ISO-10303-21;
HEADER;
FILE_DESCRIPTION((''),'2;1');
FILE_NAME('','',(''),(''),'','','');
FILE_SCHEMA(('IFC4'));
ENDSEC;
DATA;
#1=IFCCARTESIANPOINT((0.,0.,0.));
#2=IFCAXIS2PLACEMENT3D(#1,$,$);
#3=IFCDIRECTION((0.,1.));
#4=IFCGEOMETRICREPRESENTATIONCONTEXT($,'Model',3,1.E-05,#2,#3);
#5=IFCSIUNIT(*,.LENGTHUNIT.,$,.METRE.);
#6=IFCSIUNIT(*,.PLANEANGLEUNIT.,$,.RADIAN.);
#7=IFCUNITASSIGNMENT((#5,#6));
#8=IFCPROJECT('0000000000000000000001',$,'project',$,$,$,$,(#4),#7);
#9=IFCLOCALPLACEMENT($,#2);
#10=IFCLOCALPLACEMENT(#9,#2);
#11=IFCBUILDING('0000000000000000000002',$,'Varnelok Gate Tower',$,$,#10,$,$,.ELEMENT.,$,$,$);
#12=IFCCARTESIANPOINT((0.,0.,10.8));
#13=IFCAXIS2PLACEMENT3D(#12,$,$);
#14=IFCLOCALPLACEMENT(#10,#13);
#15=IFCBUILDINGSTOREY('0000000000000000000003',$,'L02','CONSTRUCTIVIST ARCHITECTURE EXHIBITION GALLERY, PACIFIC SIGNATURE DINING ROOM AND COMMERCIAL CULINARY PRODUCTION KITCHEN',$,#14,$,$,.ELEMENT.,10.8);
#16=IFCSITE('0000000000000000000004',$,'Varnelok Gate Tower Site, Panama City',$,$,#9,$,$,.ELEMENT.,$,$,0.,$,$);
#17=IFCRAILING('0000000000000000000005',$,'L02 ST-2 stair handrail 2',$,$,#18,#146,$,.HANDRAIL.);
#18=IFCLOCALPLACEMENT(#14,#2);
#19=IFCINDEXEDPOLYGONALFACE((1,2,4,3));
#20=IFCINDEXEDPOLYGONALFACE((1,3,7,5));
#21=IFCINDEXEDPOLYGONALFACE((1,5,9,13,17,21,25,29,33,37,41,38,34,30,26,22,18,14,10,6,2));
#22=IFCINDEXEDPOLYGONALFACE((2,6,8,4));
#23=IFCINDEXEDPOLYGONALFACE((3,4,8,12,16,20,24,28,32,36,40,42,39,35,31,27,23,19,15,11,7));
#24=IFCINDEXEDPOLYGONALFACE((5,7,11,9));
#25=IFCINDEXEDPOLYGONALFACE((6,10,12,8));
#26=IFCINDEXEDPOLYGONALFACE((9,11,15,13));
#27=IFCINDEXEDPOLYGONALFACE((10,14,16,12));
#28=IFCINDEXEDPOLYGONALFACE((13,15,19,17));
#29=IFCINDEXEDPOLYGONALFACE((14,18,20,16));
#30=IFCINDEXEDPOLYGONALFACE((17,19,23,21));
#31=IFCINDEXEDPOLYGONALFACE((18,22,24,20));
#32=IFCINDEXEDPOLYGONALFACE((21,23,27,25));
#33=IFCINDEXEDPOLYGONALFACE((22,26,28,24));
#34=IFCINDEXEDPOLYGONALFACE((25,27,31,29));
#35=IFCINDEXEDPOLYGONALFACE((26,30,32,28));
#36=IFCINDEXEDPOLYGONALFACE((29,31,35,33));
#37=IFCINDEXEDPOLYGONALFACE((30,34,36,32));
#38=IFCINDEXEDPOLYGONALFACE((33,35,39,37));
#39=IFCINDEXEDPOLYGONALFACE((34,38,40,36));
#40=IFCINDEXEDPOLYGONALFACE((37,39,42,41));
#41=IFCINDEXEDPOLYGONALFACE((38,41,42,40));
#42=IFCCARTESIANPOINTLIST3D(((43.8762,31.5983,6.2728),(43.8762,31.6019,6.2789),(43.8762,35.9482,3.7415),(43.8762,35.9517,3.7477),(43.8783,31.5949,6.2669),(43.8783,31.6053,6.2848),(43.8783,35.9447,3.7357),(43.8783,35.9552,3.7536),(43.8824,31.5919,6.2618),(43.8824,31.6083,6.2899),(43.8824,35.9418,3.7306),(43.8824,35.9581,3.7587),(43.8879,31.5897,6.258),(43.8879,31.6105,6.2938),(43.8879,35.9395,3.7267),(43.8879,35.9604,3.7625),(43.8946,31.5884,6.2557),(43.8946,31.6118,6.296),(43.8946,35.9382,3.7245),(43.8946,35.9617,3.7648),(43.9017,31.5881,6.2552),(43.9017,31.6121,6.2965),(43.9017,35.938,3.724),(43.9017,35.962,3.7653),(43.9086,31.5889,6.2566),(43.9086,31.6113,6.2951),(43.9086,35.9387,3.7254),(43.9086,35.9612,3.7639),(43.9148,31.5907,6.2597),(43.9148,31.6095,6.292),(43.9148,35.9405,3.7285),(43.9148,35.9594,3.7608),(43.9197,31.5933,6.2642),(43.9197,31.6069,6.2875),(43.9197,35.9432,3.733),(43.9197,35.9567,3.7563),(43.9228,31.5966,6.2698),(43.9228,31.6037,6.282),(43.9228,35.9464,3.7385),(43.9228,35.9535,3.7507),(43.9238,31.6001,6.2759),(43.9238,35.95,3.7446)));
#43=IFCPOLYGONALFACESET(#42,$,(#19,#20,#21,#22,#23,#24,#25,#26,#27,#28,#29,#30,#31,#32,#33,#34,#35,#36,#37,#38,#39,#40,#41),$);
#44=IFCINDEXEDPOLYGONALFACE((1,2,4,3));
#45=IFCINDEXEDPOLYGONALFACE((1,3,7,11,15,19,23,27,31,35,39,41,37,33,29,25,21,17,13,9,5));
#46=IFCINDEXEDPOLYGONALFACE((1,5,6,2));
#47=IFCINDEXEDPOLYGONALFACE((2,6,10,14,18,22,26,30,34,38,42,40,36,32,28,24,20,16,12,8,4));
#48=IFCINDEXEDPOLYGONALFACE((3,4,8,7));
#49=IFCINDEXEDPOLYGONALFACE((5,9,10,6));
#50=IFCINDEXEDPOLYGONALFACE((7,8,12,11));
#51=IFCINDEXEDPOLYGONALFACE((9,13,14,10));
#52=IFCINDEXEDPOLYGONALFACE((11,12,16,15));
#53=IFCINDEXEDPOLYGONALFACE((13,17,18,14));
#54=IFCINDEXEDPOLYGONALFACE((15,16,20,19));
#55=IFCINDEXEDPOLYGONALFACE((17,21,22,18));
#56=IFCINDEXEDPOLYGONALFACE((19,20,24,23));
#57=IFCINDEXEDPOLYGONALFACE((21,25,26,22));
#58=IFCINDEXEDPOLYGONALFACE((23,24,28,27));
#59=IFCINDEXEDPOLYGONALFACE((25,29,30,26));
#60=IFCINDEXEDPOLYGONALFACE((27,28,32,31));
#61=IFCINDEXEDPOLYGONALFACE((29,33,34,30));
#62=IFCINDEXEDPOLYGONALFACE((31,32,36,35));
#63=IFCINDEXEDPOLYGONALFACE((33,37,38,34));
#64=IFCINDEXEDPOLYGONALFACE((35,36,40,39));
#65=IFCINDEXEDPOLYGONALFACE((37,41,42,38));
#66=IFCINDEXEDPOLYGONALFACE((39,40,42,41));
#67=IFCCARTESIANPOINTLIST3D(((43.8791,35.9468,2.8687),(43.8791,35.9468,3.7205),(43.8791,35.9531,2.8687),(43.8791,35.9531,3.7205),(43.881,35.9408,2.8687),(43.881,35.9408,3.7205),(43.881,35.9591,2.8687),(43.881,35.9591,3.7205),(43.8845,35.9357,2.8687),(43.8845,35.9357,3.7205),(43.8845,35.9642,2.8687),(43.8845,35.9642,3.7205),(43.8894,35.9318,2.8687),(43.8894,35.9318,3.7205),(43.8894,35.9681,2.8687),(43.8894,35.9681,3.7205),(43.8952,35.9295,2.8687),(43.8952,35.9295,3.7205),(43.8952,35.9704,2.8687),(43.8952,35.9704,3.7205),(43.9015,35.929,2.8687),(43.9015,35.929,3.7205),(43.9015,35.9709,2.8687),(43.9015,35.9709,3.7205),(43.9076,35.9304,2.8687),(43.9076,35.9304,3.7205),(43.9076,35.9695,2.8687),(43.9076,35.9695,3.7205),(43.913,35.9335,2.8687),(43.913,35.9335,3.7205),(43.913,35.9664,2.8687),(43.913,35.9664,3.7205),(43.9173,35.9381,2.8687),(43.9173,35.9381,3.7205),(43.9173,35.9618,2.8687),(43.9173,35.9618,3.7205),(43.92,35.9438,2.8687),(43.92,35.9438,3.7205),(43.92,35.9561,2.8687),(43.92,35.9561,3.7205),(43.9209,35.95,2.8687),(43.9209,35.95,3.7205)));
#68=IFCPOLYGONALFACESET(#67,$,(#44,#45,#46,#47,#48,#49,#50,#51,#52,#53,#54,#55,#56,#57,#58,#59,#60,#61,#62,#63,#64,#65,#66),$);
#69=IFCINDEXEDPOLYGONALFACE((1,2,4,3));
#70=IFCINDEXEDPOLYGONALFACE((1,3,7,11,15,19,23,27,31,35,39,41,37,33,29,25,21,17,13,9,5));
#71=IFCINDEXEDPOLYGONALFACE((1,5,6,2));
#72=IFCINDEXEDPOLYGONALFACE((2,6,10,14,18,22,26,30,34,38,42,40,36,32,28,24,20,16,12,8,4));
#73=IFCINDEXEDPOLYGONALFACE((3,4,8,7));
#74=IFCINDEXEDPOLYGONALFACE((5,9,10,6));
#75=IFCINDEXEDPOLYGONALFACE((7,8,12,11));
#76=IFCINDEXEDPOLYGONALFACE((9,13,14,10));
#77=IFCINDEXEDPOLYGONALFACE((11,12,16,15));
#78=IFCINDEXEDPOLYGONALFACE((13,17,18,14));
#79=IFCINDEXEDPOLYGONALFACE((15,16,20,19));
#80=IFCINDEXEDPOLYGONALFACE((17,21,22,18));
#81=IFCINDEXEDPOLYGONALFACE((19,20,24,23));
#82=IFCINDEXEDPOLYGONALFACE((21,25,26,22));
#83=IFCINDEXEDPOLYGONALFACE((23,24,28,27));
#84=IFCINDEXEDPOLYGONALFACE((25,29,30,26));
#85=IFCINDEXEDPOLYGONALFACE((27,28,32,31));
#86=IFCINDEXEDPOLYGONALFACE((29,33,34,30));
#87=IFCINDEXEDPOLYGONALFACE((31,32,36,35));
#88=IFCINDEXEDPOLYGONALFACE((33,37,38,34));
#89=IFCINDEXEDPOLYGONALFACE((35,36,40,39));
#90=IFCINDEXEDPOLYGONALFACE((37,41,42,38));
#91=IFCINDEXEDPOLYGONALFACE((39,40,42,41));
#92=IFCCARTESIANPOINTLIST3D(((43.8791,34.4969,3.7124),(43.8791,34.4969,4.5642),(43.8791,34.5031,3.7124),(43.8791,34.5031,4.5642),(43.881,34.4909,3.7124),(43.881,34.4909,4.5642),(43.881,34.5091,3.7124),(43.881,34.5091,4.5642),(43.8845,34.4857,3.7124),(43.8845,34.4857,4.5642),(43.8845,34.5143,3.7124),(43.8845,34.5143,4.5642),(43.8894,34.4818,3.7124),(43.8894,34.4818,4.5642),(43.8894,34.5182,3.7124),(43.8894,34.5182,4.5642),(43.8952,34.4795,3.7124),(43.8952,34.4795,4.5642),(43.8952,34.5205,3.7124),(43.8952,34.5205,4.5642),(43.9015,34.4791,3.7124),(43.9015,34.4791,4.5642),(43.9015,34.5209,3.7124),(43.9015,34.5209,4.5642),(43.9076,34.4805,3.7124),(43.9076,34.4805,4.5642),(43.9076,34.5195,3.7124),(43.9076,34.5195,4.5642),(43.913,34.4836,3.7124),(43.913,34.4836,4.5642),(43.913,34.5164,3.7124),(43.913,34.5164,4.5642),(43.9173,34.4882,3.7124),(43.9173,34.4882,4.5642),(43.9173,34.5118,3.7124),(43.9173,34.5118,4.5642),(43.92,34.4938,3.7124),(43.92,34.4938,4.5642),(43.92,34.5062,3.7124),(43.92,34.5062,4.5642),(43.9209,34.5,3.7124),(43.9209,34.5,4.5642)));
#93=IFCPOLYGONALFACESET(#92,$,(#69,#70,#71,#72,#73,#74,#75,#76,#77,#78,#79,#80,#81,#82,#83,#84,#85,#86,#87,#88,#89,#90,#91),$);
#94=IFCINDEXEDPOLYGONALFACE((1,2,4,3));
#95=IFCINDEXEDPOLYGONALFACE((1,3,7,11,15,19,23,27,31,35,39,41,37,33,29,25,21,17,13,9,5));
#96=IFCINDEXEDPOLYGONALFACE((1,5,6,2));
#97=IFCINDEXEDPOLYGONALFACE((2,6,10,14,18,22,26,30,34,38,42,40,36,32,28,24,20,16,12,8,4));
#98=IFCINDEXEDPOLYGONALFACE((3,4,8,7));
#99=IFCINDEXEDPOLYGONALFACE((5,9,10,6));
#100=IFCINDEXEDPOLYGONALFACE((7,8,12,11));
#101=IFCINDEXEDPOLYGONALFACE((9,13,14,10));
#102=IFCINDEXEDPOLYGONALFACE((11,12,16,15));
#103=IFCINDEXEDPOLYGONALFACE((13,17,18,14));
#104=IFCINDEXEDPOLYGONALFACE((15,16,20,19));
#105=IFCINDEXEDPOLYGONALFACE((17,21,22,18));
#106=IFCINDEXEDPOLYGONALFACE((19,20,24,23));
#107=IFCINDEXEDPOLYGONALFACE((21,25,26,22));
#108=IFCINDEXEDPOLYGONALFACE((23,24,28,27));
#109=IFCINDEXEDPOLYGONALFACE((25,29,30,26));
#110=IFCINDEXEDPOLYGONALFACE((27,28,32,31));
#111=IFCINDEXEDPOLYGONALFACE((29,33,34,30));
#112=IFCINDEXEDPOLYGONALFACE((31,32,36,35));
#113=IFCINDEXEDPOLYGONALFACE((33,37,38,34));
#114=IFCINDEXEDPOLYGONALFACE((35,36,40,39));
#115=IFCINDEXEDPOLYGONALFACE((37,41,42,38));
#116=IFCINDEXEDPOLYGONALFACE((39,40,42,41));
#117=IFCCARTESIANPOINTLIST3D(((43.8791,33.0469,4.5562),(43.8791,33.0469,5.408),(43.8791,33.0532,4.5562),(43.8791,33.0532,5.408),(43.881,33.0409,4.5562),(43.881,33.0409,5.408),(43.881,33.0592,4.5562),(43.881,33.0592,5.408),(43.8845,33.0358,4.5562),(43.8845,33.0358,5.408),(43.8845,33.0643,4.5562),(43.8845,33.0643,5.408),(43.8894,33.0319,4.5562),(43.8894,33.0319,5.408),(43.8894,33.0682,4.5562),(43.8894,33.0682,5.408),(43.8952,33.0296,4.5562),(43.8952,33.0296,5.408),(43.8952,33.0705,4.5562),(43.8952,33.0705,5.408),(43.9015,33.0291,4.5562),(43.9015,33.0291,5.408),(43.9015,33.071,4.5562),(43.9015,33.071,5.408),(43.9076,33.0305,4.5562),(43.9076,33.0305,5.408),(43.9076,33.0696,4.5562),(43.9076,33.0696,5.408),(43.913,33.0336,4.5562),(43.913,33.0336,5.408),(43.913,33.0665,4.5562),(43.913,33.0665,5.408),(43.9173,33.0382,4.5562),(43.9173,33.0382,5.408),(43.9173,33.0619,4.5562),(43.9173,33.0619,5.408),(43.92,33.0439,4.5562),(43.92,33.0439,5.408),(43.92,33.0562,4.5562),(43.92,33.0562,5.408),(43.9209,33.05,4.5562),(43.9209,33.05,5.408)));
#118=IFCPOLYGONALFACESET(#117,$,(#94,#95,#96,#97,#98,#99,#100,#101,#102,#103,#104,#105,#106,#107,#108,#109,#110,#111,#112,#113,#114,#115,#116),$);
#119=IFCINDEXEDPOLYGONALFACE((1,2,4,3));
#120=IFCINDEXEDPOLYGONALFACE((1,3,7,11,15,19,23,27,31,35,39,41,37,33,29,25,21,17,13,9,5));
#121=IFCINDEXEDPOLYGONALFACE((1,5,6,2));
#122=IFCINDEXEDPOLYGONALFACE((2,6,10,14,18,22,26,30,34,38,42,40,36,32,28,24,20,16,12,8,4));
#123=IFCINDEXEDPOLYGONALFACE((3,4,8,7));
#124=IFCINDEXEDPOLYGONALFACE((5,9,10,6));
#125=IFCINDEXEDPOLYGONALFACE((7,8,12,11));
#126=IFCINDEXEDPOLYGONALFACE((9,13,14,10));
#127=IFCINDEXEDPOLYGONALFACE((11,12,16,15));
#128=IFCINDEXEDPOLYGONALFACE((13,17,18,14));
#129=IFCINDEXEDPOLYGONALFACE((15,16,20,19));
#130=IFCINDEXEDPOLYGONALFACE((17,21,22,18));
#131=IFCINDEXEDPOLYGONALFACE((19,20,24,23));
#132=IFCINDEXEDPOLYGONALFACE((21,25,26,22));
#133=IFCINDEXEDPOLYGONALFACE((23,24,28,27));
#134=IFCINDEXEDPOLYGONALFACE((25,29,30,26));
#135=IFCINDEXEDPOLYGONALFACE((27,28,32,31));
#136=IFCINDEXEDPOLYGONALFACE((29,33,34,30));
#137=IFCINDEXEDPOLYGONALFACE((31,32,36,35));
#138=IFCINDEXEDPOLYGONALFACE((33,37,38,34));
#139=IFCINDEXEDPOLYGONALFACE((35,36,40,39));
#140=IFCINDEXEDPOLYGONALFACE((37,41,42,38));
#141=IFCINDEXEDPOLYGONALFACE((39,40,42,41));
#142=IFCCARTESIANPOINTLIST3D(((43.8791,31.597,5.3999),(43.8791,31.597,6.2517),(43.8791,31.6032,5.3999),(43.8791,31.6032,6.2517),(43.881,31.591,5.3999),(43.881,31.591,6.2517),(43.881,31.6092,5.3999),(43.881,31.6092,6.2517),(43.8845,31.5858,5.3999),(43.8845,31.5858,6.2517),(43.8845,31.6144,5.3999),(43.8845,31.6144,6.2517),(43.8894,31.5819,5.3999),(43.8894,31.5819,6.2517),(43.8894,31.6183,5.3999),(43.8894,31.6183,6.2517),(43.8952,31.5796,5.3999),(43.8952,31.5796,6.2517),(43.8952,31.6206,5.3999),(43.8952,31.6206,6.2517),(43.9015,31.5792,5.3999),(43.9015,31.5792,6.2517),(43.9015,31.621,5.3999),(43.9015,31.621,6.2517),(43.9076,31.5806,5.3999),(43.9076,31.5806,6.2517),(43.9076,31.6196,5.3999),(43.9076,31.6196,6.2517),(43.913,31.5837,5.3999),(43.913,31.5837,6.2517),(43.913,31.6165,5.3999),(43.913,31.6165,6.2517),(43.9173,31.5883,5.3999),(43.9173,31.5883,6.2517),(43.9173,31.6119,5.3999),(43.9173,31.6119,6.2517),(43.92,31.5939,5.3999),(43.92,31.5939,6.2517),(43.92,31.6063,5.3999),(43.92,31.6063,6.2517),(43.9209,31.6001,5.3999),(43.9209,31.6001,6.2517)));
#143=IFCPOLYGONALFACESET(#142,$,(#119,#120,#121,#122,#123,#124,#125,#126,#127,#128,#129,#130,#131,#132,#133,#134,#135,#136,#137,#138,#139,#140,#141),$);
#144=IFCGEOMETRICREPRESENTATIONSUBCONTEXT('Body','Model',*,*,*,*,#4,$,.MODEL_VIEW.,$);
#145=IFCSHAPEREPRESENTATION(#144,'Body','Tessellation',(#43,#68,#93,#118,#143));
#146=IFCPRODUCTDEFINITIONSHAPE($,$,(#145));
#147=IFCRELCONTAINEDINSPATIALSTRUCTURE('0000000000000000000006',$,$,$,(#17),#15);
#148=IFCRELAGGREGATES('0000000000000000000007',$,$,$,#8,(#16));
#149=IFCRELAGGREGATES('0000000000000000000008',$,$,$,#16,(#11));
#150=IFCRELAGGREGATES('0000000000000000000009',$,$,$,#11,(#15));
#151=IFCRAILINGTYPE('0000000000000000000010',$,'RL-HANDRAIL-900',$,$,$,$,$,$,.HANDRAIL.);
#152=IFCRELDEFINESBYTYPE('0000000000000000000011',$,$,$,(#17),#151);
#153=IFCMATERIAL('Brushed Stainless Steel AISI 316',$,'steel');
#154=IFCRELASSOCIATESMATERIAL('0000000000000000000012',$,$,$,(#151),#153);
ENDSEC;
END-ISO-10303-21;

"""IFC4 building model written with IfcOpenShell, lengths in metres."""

from ifc_helpers import new_model, si_unit, direction, frame, origin, origin_2d, place, context, subcontext, project, spatial, circle, extrude, material, type_object, element, save


model = new_model("IFC4")

# Units and contexts
model_context = context("Model", 3, precision=1e-05, world=origin(), true_north=direction((0.0, 1.0)))
body_context = subcontext(model_context, "Body", "Model", "MODEL_VIEW")
ifc_project = project(units=[si_unit("LENGTHUNIT", "METRE"), si_unit("PLANEANGLEUNIT", "RADIAN")], contexts=[model_context])

# Site, building, storey
site_placement = place(None, origin())
site = spatial("IfcSite", under=ifc_project, at=site_placement, Name="Varnelok Gate Tower Site, Panama City", CompositionType="ELEMENT", RefElevation=0.0)
building_placement = place(site_placement, origin())
building = spatial("IfcBuilding", under=site, at=building_placement, Name="Varnelok Gate Tower", CompositionType="ELEMENT")
storey_placement = place(building_placement, frame((0.0, 0.0, 10.8)))
storey = spatial("IfcBuildingStorey", under=building, at=storey_placement, Name="L02", Description="CONSTRUCTIVIST ARCHITECTURE EXHIBITION GALLERY, PACIFIC SIGNATURE DINING ROOM AND COMMERCIAL CULINARY PRODUCTION KITCHEN", CompositionType="ELEMENT", Elevation=10.8)

# Railing
ifc_material_1 = material(Name="Brushed Stainless Steel AISI 316", Category="steel")
railing_type_1 = type_object("IfcRailingType", Name="RL-HANDRAIL-900", PredefinedType="HANDRAIL", material=ifc_material_1)
railing_1_placement = place(storey_placement, frame((43.8999, 35.95, 2.8687)))
element("IfcRailing", 1, at=railing_1_placement, inside=storey, type_object=railing_type_1, Name="L02 ST-2 stair handrail 2", PredefinedType="HANDRAIL", context=body_context, shape_type="SweptSolid", body=[
    extrude(circle(Radius=0.0239, at=origin_2d()), frame((0.0, 0.0, 0.876), z_axis=(0.0, -0.864312, 0.502957), x_axis=(1.0, 0.0, 0.0)), (0.0, 0.0, 1.0), 5.0327),
    extrude(circle(Radius=0.021, at=origin_2d()), origin(), (0.0, 0.0, 1.0), 0.8518),
    extrude(circle(Radius=0.021, at=origin_2d()), frame((0.0, -1.45, 0.8438)), (0.0, 0.0, 1.0), 0.8518),
    extrude(circle(Radius=0.021, at=origin_2d()), frame((0.0, -2.8999, 1.6875)), (0.0, 0.0, 1.0), 0.8518),
    extrude(circle(Radius=0.021, at=origin_2d()), frame((0.0, -4.3499, 2.5312)), (0.0, 0.0, 1.0), 0.8518),
])

save(model, "model.ifc")
